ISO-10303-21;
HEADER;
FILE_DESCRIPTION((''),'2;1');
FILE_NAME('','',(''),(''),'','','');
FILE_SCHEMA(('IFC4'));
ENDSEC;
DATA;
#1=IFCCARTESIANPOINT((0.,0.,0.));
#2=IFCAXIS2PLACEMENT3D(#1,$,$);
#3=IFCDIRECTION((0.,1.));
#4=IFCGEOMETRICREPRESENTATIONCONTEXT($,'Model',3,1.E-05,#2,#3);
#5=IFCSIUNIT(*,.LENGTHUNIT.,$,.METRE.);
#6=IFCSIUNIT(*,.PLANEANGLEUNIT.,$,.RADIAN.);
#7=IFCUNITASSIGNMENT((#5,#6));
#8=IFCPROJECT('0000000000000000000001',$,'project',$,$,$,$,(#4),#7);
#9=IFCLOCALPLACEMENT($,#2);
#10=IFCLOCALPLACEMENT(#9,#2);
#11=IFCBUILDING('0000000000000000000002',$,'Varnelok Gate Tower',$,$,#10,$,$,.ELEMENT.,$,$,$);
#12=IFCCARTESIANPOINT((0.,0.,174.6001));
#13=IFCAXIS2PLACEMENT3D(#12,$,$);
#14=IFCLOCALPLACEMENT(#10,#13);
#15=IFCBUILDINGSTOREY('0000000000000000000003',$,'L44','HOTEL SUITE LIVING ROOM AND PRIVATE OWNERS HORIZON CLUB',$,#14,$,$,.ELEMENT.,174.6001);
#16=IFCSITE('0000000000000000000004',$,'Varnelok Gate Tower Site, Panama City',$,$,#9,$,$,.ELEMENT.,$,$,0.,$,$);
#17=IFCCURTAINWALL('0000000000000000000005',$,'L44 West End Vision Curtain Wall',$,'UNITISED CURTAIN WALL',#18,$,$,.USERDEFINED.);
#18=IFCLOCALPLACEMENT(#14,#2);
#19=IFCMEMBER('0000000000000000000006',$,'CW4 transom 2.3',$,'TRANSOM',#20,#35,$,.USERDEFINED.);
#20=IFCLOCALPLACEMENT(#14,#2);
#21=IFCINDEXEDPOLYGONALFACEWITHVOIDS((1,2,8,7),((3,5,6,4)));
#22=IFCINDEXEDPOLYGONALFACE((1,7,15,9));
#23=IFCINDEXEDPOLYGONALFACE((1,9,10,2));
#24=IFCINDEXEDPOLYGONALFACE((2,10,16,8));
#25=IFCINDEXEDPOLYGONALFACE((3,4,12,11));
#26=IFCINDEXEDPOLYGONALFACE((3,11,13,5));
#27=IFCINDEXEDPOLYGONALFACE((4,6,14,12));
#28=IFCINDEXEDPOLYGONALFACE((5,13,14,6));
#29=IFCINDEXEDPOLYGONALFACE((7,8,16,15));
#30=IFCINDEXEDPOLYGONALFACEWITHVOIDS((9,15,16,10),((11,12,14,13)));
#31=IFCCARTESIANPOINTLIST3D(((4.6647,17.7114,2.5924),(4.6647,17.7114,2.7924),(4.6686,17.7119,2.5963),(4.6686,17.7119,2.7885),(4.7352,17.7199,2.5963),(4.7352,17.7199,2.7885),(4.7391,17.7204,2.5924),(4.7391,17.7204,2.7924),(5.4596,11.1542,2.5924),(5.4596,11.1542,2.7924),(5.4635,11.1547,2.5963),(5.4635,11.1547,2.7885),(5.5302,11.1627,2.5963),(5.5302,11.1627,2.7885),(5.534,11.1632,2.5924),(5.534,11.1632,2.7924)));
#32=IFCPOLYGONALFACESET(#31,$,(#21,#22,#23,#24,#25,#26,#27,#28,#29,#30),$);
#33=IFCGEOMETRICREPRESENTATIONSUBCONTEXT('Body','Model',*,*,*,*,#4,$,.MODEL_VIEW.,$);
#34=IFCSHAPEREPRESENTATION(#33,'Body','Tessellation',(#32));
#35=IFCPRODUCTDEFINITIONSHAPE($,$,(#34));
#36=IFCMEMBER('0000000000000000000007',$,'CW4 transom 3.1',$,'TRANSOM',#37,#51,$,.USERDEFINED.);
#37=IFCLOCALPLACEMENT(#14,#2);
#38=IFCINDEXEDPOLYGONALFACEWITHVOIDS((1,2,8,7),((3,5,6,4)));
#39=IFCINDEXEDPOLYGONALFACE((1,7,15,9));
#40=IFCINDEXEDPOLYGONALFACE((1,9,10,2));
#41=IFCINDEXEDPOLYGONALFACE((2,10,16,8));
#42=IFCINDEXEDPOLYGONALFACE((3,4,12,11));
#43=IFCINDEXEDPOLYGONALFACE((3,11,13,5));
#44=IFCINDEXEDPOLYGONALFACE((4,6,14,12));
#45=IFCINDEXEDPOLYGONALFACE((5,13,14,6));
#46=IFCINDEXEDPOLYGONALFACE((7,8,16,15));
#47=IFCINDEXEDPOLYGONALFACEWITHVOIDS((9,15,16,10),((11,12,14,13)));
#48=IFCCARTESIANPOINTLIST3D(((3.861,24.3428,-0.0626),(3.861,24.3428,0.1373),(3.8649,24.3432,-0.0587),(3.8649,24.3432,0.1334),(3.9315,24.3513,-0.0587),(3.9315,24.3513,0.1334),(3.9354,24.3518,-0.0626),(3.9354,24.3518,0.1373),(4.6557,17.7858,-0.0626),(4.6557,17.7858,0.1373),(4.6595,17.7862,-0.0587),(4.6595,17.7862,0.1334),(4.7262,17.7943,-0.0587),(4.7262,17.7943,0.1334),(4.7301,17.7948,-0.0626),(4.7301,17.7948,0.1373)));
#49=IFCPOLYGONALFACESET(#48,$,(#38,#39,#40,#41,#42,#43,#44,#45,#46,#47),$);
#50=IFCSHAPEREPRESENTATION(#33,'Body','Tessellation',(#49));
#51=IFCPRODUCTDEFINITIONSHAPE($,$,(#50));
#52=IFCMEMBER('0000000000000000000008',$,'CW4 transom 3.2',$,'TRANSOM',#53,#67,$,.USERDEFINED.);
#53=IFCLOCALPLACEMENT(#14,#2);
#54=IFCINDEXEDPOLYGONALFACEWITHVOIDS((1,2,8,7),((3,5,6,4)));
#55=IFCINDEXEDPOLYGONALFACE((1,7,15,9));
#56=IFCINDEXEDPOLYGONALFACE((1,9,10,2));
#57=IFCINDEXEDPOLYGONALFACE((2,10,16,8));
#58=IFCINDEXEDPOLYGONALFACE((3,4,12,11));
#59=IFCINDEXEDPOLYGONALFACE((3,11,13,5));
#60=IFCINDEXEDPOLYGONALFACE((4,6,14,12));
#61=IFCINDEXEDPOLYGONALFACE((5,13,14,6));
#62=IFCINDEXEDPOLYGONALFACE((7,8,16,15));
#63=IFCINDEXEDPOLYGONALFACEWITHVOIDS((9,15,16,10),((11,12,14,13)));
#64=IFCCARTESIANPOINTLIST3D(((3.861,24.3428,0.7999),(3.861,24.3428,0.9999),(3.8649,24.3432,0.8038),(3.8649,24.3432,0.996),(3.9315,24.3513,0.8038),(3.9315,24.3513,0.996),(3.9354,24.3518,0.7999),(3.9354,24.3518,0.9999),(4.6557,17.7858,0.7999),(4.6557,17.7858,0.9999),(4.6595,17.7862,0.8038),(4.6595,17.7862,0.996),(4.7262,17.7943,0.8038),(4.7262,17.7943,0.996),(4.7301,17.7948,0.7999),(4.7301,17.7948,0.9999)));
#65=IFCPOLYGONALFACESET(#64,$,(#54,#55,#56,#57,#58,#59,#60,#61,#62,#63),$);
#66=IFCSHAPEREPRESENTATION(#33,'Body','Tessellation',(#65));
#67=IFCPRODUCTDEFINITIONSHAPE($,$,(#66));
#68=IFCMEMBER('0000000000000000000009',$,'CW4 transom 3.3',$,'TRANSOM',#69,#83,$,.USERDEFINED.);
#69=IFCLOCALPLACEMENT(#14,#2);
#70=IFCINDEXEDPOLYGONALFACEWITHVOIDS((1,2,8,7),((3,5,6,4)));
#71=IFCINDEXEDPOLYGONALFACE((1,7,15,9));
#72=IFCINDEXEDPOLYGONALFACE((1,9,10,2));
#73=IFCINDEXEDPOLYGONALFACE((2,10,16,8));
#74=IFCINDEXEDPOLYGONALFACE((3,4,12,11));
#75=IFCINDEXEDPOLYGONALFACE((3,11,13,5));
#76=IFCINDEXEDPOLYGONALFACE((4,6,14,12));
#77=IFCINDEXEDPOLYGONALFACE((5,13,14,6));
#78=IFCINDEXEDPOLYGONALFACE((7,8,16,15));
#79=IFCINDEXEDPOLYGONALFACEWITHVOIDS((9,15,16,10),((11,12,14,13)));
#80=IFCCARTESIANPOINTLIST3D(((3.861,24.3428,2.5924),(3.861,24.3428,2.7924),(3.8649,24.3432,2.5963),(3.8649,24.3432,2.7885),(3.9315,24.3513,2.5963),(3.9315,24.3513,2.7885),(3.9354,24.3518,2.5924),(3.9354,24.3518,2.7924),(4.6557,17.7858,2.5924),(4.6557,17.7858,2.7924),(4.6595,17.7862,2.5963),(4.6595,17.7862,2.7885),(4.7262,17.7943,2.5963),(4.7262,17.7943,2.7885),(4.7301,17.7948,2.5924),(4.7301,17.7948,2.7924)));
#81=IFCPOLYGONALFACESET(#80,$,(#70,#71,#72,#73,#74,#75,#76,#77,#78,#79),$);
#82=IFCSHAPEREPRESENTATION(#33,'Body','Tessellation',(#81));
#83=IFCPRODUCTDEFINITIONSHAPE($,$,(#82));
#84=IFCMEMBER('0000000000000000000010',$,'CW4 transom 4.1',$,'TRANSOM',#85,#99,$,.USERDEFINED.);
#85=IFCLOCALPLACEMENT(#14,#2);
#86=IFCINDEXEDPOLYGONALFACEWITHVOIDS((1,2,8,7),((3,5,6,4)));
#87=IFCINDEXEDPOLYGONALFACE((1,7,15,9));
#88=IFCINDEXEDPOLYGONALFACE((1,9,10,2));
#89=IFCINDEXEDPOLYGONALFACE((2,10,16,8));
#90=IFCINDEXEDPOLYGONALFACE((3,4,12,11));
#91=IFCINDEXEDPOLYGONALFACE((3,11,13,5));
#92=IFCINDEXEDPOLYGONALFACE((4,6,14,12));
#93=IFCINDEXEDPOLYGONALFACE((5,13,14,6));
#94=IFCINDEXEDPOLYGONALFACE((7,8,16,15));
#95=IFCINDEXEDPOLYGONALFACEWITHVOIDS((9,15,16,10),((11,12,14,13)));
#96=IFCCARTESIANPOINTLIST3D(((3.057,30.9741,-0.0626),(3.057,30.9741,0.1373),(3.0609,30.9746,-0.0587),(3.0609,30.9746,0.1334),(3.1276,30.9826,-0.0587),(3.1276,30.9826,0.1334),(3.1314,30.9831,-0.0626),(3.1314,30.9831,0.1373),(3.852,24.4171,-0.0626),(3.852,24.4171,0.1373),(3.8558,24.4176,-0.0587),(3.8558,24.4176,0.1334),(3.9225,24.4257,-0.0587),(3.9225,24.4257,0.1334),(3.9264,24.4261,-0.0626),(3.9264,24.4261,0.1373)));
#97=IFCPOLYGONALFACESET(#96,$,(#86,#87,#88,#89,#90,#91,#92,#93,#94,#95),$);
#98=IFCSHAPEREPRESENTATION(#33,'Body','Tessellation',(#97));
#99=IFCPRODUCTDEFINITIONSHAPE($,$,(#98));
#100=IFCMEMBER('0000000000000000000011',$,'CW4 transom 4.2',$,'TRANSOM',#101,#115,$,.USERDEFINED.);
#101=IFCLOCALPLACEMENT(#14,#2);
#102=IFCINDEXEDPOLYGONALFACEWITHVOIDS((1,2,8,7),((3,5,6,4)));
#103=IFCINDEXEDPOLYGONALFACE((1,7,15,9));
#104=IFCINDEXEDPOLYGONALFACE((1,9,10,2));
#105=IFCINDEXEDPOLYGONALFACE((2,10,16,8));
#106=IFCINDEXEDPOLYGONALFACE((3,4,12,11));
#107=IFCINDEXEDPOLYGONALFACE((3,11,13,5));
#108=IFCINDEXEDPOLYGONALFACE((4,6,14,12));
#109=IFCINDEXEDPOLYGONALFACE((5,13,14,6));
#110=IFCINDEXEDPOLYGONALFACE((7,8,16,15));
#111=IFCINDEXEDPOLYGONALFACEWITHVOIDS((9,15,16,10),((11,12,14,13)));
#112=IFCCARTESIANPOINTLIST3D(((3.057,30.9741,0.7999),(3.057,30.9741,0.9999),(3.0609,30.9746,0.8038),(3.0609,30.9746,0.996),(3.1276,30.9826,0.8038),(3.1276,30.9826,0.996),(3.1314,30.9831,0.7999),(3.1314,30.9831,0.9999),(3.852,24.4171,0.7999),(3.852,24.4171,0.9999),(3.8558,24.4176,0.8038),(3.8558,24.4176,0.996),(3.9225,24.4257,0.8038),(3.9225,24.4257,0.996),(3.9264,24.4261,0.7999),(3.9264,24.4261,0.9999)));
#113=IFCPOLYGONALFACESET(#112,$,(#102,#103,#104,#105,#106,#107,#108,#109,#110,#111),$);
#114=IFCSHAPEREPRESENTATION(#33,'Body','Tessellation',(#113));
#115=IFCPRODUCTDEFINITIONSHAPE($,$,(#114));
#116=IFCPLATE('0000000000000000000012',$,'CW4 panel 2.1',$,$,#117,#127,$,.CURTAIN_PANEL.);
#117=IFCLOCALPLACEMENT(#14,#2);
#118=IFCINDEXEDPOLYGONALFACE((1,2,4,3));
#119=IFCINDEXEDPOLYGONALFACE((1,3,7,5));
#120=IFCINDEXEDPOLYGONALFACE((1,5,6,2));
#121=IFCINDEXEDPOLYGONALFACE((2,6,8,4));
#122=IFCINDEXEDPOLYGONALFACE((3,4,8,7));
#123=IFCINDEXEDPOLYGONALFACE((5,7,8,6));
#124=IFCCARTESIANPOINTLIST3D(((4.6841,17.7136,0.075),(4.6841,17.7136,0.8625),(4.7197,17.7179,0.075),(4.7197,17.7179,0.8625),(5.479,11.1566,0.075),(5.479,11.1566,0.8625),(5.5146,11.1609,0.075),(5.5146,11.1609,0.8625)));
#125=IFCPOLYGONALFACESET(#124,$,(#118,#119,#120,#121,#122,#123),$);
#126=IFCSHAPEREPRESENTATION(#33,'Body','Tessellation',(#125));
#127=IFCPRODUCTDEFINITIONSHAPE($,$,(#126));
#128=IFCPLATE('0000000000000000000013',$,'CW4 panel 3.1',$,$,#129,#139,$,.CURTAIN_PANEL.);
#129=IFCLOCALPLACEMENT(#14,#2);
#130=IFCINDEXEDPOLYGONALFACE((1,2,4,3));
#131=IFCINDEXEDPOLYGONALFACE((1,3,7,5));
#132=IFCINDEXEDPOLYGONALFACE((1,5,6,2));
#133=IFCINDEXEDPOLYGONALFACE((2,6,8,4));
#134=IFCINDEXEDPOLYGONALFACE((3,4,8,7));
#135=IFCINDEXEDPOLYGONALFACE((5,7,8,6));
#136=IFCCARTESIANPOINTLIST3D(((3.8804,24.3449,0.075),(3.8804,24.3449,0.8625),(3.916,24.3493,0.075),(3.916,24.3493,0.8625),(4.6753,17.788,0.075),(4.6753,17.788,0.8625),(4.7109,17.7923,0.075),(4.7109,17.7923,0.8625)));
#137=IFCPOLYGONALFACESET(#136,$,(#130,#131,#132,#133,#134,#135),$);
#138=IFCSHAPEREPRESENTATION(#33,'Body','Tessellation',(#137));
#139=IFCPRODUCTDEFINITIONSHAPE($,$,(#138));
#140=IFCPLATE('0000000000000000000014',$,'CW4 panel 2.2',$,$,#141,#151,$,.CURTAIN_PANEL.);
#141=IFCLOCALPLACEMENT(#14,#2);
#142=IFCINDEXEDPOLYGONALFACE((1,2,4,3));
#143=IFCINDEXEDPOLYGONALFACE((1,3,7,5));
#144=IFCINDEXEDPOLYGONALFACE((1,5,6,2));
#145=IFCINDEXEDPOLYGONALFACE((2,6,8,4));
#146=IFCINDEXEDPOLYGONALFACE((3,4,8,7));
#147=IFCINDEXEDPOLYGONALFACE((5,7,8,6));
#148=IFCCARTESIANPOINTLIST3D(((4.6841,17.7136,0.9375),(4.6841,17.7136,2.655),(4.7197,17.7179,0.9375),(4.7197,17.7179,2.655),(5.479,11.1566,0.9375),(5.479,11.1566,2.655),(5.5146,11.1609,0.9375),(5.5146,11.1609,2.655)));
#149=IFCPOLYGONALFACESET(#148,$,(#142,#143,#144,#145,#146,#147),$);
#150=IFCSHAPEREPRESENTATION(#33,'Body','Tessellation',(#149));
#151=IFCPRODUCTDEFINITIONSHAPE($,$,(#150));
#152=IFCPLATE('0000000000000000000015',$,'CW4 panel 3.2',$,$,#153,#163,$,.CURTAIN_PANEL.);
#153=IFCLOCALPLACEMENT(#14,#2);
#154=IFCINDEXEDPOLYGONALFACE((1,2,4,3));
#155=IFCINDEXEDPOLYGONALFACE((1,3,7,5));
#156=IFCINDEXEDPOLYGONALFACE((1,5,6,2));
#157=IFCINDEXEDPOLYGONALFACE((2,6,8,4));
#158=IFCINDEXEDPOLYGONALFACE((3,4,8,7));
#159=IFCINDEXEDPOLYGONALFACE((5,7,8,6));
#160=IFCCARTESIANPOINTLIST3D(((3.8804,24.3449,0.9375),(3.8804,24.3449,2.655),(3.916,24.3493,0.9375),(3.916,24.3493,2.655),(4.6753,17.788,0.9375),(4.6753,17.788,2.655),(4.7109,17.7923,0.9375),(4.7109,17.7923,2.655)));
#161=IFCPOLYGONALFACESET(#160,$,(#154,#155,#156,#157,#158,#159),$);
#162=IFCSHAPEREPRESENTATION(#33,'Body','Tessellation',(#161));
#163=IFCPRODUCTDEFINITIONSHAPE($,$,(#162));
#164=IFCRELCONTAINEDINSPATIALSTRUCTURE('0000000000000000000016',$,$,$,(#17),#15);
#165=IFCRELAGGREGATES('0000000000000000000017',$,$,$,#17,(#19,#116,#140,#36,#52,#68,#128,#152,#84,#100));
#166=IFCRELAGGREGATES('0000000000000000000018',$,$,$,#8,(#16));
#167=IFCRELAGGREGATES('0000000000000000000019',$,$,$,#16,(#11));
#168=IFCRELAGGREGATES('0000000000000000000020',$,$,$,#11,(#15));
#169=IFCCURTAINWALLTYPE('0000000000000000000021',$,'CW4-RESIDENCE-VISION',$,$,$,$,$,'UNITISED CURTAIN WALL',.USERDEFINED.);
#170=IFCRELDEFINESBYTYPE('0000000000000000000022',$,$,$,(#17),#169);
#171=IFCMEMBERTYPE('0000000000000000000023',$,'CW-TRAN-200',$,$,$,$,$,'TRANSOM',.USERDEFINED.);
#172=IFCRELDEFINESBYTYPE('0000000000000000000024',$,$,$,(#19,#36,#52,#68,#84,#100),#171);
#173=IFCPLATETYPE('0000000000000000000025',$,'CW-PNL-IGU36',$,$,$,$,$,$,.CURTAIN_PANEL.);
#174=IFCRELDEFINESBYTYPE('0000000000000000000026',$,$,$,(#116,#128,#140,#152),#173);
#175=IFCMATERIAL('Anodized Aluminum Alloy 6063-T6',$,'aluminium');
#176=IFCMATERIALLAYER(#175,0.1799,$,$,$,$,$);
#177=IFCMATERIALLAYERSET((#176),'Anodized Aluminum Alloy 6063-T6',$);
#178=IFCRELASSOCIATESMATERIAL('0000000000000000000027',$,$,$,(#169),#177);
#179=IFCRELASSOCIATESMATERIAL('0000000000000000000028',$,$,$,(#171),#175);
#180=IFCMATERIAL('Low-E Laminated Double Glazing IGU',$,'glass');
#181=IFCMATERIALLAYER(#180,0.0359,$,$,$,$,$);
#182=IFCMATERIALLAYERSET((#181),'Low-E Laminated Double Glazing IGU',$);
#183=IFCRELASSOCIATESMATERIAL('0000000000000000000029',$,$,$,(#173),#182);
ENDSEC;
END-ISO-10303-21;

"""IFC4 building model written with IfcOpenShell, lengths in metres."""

from ifc_helpers import new_model, si_unit, direction, frame, origin, origin_2d, place, context, subcontext, project, spatial, rectangle, hollow_rectangle, extrude, source, transform, mapped, material, layer, layer_set, material_profile, profile_set, type_object, element, aggregate, save


model = new_model("IFC4")

# Units and contexts
model_context = context("Model", 3, precision=1e-05, world=origin(), true_north=direction((0.0, 1.0)))
body_context = subcontext(model_context, "Body", "Model", "MODEL_VIEW")
ifc_project = project(units=[si_unit("LENGTHUNIT", "METRE"), si_unit("PLANEANGLEUNIT", "RADIAN")], contexts=[model_context])

# Site, building, storey
site_placement = place(None, origin())
site = spatial("IfcSite", under=ifc_project, at=site_placement, Name="Varnelok Gate Tower Site, Panama City", CompositionType="ELEMENT", RefElevation=0.0)
building_placement = place(site_placement, origin())
building = spatial("IfcBuilding", under=site, at=building_placement, Name="Varnelok Gate Tower", CompositionType="ELEMENT")
storey_placement = place(building_placement, frame((0.0, 0.0, 174.6001)))
storey = spatial("IfcBuildingStorey", under=building, at=storey_placement, Name="L44", Description="HOTEL SUITE LIVING ROOM AND PRIVATE OWNERS HORIZON CLUB", CompositionType="ELEMENT", Elevation=174.6001)

# Curtain wall, members, plates
ifc_material_1 = material(Name="Anodized Aluminum Alloy 6063-T6", Category="aluminium")
ifc_layer_1 = layer(ifc_material_1, 0.1799)
ifc_layer_set_1 = layer_set([ifc_layer_1], Name="Anodized Aluminum Alloy 6063-T6")
curtain_wall_type = type_object("IfcCurtainWallType", Name="CW4-RESIDENCE-VISION", ElementType="UNITISED CURTAIN WALL", PredefinedType="USERDEFINED", material=ifc_layer_set_1)
curtain_wall_placement = place(storey_placement, origin())
curtain_wall = element("IfcCurtainWall", 1, at=curtain_wall_placement, inside=storey, type_object=curtain_wall_type, Name="L44 West End Vision Curtain Wall", ObjectType="UNITISED CURTAIN WALL", PredefinedType="USERDEFINED")
ifc_material_profile_1 = material_profile(ifc_material_1, hollow_rectangle(XDim=0.075, YDim=0.2, WallThickness=0.0039, at=origin_2d()), Name="ALU200X75X4")
ifc_profile_set_1 = profile_set([ifc_material_profile_1], Name="Anodized Aluminum Alloy 6063-T6")
member_type_1 = type_object("IfcMemberType", Name="CW-TRAN-200", ElementType="TRANSOM", PredefinedType="USERDEFINED", material=ifc_profile_set_1)
member_1_placement = place(storey_placement, frame((5.4968, 11.1587, 2.6924), z_axis=(-0.120349, 0.992732, 0.0), x_axis=(-0.992732, -0.120349, 0.0)))
member_1 = element("IfcMember", 2, at=member_1_placement, type_object=member_type_1, Name="CW4 transom 2.3", ObjectType="TRANSOM", PredefinedType="USERDEFINED", context=body_context, shape_type="SweptSolid", body=[
    extrude(hollow_rectangle(XDim=0.075, YDim=0.2, WallThickness=0.0039, at=origin_2d()), origin(), (0.0, 0.0, 1.0), 6.6052),
])
member_2_placement = place(storey_placement, frame((4.6929, 17.7903, 0.0374), z_axis=(-0.120317, 0.992736, 0.0), x_axis=(-0.992736, -0.120317, 0.0)))
member_2 = element("IfcMember", 3, at=member_2_placement, type_object=member_type_1, Name="CW4 transom 3.1", ObjectType="TRANSOM", PredefinedType="USERDEFINED", context=body_context, shape_type="SweptSolid", body=[
    extrude(hollow_rectangle(XDim=0.075, YDim=0.2, WallThickness=0.0039, at=origin_2d()), origin(), (0.0, 0.0, 1.0), 6.605),
])
member_3_placement = place(storey_placement, frame((4.6929, 17.7903, 0.8999), z_axis=(-0.120317, 0.992736, 0.0), x_axis=(-0.992736, -0.120317, 0.0)))
member_3 = element("IfcMember", 4, at=member_3_placement, type_object=member_type_1, Name="CW4 transom 3.2", ObjectType="TRANSOM", PredefinedType="USERDEFINED", context=body_context, shape_type="SweptSolid", body=[
    extrude(hollow_rectangle(XDim=0.075, YDim=0.2, WallThickness=0.0039, at=origin_2d()), origin(), (0.0, 0.0, 1.0), 6.605),
])
member_4_placement = place(storey_placement, frame((4.6929, 17.7903, 2.6924), z_axis=(-0.120317, 0.992736, 0.0), x_axis=(-0.992736, -0.120317, 0.0)))
member_4 = element("IfcMember", 5, at=member_4_placement, type_object=member_type_1, Name="CW4 transom 3.3", ObjectType="TRANSOM", PredefinedType="USERDEFINED", context=body_context, shape_type="SweptSolid", body=[
    extrude(hollow_rectangle(XDim=0.075, YDim=0.2, WallThickness=0.0039, at=origin_2d()), origin(), (0.0, 0.0, 1.0), 6.605),
])
member_5_placement = place(storey_placement, frame((3.8892, 24.4216, 0.0374), z_axis=(-0.120353, 0.992731, 0.0), x_axis=(-0.992731, -0.120353, 0.0)))
member_5 = element("IfcMember", 6, at=member_5_placement, type_object=member_type_1, Name="CW4 transom 4.1", ObjectType="TRANSOM", PredefinedType="USERDEFINED", context=body_context, shape_type="SweptSolid", body=[
    extrude(hollow_rectangle(XDim=0.075, YDim=0.2, WallThickness=0.0039, at=origin_2d()), origin(), (0.0, 0.0, 1.0), 6.605),
])
member_6_placement = place(storey_placement, frame((3.8892, 24.4216, 0.8999), z_axis=(-0.120353, 0.992731, 0.0), x_axis=(-0.992731, -0.120353, 0.0)))
member_6 = element("IfcMember", 7, at=member_6_placement, type_object=member_type_1, Name="CW4 transom 4.2", ObjectType="TRANSOM", PredefinedType="USERDEFINED", context=body_context, shape_type="SweptSolid", body=[
    extrude(hollow_rectangle(XDim=0.075, YDim=0.2, WallThickness=0.0039, at=origin_2d()), origin(), (0.0, 0.0, 1.0), 6.605),
])
ifc_material_2 = material(Name="Low-E Laminated Double Glazing IGU", Category="glass")
ifc_layer_2 = layer(ifc_material_2, 0.0359)
ifc_layer_set_2 = layer_set([ifc_layer_2], Name="Low-E Laminated Double Glazing IGU")
plate_type = type_object("IfcPlateType", Name="CW-PNL-IGU36", PredefinedType="CURTAIN_PANEL", material=ifc_layer_set_2)
shared_shape_1 = source(origin(), body_context, "Body", "SweptSolid", [
    extrude(rectangle(XDim=6.605, YDim=0.0359, at=origin_2d()), origin(), (0.0, 0.0, 1.0), 0.7876),
])
plate_1_placement = place(storey_placement, frame((5.0994, 14.4373, 0.075), z_axis=(0.0, 0.0, 1.0), x_axis=(-0.120345, 0.992732, 0.0)))
plate_1 = element("IfcPlate", 8, at=plate_1_placement, type_object=plate_type, Name="CW4 panel 2.1", PredefinedType="CURTAIN_PANEL", context=body_context, shape_type="MappedRepresentation", body=[
    mapped(shared_shape_1, transform((0.0, 0.0, 0.0), scale=1.0)),
])
plate_2_placement = place(storey_placement, frame((4.2957, 21.0686, 0.075), z_axis=(0.0, 0.0, 1.0), x_axis=(-0.120345, 0.992732, 0.0)))
plate_2 = element("IfcPlate", 9, at=plate_2_placement, type_object=plate_type, Name="CW4 panel 3.1", PredefinedType="CURTAIN_PANEL", context=body_context, shape_type="MappedRepresentation", body=[
    mapped(shared_shape_1, transform((0.0, 0.0, 0.0), scale=1.0)),
])
shared_shape_2 = source(origin(), body_context, "Body", "SweptSolid", [
    extrude(rectangle(XDim=6.605, YDim=0.0359, at=origin_2d()), origin(), (0.0, 0.0, 1.0), 1.7175),
])
plate_3_placement = place(storey_placement, frame((5.0994, 14.4373, 0.9375), z_axis=(0.0, 0.0, 1.0), x_axis=(-0.120345, 0.992732, 0.0)))
plate_3 = element("IfcPlate", 10, at=plate_3_placement, type_object=plate_type, Name="CW4 panel 2.2", PredefinedType="CURTAIN_PANEL", context=body_context, shape_type="MappedRepresentation", body=[
    mapped(shared_shape_2, transform((0.0, 0.0, 0.0), scale=1.0)),
])
plate_4_placement = place(storey_placement, frame((4.2957, 21.0686, 0.9375), z_axis=(0.0, 0.0, 1.0), x_axis=(-0.120345, 0.992732, 0.0)))
plate_4 = element("IfcPlate", 11, at=plate_4_placement, type_object=plate_type, Name="CW4 panel 3.2", PredefinedType="CURTAIN_PANEL", context=body_context, shape_type="MappedRepresentation", body=[
    mapped(shared_shape_2, transform((0.0, 0.0, 0.0), scale=1.0)),
])
aggregate(curtain_wall, [member_1, plate_1, plate_3, member_2, member_3, member_4, plate_2, plate_4, member_5, member_6])

save(model, "model.ifc")
